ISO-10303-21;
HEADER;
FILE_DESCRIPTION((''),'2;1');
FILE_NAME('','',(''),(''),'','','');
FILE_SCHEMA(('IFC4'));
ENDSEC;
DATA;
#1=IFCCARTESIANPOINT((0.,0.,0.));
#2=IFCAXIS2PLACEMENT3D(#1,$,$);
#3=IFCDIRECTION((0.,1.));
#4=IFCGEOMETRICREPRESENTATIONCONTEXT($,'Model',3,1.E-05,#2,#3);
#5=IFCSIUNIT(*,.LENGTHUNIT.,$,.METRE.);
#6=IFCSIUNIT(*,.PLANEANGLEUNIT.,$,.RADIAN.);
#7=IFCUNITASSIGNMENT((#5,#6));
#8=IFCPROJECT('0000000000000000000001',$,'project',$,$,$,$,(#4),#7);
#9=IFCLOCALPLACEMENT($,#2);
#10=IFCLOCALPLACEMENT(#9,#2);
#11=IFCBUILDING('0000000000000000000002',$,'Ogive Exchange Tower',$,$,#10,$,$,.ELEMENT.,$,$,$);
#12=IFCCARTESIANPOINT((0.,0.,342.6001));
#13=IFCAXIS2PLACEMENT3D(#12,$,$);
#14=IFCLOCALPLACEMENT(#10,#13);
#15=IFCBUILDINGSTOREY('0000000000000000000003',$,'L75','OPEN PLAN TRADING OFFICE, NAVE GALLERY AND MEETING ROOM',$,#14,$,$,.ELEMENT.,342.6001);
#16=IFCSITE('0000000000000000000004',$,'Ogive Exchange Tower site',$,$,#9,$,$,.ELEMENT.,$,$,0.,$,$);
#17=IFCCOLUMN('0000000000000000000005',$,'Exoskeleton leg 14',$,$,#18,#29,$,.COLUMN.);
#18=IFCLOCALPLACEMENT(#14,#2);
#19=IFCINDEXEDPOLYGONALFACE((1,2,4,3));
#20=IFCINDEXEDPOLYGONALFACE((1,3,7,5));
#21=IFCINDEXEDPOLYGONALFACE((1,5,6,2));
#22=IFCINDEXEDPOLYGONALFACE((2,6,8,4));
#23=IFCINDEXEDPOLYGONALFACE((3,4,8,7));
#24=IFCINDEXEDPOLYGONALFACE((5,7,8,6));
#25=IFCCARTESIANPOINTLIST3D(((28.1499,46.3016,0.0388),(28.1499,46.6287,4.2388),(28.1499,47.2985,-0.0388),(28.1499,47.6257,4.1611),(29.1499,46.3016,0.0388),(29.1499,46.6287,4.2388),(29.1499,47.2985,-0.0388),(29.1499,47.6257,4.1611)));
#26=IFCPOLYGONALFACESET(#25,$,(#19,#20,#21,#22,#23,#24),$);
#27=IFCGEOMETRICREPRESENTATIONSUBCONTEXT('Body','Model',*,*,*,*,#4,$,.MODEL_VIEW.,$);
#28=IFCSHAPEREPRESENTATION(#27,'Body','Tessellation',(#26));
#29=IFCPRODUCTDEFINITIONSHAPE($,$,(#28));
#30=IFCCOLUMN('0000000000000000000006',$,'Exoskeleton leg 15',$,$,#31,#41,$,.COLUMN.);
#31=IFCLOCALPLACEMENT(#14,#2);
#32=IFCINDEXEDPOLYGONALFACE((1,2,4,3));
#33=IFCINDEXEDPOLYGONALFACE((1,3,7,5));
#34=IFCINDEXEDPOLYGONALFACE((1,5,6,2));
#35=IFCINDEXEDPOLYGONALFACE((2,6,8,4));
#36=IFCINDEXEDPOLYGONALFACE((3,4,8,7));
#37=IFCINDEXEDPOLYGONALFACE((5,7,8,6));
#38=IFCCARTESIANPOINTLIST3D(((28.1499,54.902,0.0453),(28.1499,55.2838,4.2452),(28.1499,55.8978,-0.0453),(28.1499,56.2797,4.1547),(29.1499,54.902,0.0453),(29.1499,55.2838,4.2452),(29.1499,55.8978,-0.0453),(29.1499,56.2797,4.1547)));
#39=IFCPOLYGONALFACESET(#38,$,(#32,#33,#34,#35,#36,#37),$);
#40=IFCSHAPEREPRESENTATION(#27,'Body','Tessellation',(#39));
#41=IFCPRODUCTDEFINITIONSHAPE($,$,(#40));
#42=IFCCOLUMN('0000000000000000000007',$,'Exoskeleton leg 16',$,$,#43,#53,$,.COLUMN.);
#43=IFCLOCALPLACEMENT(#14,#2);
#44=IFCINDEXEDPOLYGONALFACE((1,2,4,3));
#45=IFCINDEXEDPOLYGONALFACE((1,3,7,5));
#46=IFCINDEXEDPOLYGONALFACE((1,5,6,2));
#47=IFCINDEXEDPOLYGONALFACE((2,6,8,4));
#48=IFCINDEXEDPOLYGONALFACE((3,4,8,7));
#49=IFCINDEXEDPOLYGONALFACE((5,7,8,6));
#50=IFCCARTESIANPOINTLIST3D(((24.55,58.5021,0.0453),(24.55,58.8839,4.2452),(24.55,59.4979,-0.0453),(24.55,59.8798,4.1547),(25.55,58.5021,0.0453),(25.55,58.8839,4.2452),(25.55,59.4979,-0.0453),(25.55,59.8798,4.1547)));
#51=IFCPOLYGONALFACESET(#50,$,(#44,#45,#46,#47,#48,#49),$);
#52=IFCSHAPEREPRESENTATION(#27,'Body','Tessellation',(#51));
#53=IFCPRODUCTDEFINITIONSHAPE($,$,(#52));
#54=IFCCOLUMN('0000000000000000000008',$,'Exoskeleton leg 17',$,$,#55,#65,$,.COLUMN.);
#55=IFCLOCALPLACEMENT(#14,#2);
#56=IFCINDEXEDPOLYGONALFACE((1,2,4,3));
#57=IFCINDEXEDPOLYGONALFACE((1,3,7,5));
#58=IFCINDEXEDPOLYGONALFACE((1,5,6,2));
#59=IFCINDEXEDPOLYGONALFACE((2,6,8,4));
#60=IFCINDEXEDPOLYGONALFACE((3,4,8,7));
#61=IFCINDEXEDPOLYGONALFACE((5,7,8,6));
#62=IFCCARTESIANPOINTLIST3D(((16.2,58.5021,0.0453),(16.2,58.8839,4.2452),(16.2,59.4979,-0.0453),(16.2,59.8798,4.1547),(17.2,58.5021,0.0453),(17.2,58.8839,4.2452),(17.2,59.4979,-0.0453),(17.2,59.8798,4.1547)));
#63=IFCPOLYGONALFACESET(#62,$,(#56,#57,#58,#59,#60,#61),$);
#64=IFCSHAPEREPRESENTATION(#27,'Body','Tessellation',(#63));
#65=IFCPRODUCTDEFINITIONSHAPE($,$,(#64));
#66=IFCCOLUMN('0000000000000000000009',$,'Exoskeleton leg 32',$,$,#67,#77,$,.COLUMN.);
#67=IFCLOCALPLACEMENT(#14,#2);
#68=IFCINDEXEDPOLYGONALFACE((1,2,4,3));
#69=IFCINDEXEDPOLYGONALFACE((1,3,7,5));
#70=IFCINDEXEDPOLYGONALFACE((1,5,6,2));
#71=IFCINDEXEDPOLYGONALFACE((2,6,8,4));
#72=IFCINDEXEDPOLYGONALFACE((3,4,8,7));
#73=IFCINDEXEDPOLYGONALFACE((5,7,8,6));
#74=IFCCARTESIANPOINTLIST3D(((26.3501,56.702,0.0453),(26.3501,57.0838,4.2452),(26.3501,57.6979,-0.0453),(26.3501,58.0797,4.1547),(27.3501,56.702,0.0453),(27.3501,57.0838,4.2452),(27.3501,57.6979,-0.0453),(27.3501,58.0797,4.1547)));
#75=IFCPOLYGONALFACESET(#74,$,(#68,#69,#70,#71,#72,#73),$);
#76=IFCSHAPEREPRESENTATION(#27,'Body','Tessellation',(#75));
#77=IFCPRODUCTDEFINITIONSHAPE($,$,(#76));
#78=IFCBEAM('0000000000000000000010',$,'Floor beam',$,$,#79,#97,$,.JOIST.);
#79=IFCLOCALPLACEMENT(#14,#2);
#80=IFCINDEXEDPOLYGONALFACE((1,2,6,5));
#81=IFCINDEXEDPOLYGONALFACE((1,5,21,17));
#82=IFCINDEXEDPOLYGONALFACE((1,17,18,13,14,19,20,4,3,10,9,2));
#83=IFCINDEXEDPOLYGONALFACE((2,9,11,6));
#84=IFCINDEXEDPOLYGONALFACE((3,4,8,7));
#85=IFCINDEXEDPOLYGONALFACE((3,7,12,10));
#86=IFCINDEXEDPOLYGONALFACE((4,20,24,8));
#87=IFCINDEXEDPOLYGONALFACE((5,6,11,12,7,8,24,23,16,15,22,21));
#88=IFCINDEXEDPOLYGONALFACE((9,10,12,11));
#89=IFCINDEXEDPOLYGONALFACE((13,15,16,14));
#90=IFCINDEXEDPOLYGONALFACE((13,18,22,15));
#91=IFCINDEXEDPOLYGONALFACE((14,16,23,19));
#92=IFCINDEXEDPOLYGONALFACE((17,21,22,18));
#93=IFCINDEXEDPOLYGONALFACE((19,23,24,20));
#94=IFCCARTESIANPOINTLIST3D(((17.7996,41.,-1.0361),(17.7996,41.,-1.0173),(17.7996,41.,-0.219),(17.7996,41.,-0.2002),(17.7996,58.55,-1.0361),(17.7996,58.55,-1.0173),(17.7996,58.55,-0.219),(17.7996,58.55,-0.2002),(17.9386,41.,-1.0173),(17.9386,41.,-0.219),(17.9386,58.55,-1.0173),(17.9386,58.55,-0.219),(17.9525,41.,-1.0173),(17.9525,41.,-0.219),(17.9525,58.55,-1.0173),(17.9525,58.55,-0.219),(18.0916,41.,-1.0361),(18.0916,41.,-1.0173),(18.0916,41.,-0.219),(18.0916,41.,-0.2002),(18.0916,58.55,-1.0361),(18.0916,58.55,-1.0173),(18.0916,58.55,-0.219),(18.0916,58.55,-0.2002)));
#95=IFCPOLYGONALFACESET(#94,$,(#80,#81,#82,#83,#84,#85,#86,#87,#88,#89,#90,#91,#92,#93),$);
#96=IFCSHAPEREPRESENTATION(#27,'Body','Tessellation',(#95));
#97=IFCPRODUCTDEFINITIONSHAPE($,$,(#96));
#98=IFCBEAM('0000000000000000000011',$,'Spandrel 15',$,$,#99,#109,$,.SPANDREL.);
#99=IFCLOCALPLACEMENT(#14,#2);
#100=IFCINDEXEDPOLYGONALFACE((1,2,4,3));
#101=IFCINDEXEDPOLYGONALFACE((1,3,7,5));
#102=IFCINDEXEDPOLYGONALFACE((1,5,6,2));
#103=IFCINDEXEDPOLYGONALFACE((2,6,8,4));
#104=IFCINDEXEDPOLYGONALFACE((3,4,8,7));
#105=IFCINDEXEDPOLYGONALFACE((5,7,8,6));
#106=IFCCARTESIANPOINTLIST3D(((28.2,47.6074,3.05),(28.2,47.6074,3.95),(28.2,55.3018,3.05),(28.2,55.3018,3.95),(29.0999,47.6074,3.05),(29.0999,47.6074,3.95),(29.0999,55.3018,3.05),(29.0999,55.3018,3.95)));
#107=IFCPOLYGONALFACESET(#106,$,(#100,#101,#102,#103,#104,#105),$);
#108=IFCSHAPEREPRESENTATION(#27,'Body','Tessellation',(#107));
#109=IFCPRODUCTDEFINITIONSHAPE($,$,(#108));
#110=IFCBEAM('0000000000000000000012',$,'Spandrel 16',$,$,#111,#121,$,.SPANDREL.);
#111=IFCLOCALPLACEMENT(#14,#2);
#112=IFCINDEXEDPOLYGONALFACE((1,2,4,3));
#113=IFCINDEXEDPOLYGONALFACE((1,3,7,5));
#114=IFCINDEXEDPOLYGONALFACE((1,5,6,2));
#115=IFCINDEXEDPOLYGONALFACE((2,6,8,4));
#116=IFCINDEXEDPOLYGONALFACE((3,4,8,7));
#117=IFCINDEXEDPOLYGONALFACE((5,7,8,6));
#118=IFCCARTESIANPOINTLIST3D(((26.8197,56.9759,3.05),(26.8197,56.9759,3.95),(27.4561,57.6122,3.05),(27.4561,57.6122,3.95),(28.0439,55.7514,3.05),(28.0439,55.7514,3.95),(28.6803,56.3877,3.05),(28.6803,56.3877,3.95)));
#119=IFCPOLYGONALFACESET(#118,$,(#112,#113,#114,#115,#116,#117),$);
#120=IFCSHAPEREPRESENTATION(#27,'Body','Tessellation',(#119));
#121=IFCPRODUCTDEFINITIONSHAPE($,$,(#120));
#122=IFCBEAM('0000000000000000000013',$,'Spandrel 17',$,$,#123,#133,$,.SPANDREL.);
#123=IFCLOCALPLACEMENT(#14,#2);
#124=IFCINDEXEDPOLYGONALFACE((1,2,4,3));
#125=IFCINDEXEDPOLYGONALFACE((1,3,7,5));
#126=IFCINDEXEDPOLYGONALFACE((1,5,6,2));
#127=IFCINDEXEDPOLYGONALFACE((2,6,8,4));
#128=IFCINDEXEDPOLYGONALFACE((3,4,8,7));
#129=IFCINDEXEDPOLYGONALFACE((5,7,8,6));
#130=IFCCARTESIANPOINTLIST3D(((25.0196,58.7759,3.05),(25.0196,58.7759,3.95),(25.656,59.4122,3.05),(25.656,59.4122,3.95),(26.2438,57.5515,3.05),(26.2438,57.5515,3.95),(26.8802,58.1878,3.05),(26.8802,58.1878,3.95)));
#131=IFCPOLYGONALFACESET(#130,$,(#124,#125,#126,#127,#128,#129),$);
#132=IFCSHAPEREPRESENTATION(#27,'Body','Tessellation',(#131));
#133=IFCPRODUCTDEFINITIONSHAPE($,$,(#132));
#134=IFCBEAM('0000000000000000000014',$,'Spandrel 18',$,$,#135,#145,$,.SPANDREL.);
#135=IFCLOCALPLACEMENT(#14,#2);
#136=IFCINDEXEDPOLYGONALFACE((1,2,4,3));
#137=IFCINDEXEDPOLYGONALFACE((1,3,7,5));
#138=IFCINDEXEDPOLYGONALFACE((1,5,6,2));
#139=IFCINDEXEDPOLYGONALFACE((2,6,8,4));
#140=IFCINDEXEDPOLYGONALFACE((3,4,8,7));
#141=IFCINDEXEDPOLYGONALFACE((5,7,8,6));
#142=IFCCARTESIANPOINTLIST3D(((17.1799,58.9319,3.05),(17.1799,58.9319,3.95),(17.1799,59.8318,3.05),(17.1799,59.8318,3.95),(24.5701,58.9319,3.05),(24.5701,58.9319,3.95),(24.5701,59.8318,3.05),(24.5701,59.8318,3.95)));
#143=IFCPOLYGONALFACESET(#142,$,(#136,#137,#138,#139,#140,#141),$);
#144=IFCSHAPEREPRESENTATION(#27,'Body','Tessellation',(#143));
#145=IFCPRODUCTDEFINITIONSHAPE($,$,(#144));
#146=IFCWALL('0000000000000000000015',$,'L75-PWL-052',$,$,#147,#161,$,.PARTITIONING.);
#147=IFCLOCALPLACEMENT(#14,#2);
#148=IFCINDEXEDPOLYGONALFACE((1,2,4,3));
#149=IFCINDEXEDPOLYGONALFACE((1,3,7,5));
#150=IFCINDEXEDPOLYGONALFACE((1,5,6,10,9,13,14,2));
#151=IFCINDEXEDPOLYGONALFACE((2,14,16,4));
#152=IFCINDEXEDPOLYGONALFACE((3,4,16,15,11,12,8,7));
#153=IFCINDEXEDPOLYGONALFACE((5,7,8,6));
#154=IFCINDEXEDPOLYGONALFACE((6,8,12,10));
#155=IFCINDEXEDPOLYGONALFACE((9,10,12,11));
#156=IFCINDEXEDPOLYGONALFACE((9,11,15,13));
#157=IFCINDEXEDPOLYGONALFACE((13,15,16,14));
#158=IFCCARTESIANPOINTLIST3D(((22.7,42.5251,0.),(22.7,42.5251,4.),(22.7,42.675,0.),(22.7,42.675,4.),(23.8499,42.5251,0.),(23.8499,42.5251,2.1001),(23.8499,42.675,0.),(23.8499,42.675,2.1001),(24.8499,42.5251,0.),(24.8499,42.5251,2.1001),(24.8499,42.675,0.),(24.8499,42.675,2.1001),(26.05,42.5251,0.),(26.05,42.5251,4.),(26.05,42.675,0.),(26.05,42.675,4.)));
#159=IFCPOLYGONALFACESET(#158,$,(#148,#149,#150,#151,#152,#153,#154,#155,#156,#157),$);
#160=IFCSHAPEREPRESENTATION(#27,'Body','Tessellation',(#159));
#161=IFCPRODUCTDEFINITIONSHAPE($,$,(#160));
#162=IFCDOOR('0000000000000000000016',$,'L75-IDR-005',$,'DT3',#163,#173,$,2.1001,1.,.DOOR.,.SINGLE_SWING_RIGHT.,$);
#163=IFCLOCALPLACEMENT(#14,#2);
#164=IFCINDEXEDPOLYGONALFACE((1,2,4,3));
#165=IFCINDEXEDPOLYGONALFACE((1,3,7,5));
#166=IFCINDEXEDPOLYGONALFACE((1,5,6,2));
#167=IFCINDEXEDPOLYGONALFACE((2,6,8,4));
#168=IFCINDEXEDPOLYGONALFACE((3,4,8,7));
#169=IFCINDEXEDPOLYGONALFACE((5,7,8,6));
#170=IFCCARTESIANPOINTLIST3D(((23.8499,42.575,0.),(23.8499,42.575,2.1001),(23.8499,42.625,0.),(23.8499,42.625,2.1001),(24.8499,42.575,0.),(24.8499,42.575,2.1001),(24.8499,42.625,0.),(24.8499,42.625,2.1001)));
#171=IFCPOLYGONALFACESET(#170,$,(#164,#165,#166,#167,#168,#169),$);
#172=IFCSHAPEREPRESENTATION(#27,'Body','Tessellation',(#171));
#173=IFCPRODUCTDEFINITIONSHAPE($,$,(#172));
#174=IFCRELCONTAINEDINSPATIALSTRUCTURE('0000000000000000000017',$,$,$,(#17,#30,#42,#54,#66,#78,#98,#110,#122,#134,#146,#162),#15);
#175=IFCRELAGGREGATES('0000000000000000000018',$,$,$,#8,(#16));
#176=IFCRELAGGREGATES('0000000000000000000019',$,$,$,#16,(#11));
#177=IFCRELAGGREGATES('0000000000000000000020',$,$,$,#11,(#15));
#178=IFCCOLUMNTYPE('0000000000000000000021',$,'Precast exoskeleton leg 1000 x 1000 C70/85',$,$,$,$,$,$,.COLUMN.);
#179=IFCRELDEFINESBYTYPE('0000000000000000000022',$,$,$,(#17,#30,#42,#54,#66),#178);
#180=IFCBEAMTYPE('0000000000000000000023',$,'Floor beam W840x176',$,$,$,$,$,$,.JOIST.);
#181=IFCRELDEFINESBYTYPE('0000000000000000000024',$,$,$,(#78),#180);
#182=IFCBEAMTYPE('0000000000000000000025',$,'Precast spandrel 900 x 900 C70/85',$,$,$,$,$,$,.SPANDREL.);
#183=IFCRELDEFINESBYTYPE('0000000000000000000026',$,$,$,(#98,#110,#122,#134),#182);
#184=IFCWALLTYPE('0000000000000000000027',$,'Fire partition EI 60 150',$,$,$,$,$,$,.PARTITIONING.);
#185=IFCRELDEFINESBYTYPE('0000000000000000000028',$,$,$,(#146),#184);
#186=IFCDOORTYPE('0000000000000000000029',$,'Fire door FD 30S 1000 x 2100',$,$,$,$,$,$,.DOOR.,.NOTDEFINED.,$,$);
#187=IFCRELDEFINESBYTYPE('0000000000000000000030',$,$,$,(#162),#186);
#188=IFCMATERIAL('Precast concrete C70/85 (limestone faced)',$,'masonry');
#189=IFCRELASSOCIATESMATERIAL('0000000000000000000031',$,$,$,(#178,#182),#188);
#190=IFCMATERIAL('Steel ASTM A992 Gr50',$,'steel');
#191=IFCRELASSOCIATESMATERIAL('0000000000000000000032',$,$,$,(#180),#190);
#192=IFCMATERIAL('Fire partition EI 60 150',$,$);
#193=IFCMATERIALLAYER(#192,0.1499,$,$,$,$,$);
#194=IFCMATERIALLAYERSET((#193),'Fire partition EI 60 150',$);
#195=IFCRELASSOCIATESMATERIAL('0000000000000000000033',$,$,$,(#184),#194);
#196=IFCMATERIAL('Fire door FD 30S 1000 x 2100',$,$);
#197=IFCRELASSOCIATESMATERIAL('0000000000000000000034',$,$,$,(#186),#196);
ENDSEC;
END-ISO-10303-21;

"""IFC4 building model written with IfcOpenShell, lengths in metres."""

from ifc_helpers import new_model, si_unit, direction, frame, frame_2d, origin, origin_2d, place, context, subcontext, project, spatial, rectangle, i_section, extrude, material, layer, layer_set, material_profile, profile_set, type_object, element, fill, save


model = new_model("IFC4")

# Units and contexts
model_context = context("Model", 3, precision=1e-05, world=origin(), true_north=direction((0.0, 1.0)))
body_context = subcontext(model_context, "Body", "Model", "MODEL_VIEW")
ifc_project = project(units=[si_unit("LENGTHUNIT", "METRE"), si_unit("PLANEANGLEUNIT", "RADIAN")], contexts=[model_context])

# Site, building, storey
site_placement = place(None, origin())
site = spatial("IfcSite", under=ifc_project, at=site_placement, Name="Ogive Exchange Tower site", CompositionType="ELEMENT", RefElevation=0.0)
building_placement = place(site_placement, origin())
building = spatial("IfcBuilding", under=site, at=building_placement, Name="Ogive Exchange Tower", CompositionType="ELEMENT")
storey_placement = place(building_placement, frame((0.0, 0.0, 342.6001)))
storey = spatial("IfcBuildingStorey", under=building, at=storey_placement, Name="L75", Description="OPEN PLAN TRADING OFFICE, NAVE GALLERY AND MEETING ROOM", CompositionType="ELEMENT", Elevation=342.6001)

# Columns
ifc_material_1 = material(Name="Precast concrete C70/85 (limestone faced)", Category="masonry")
ifc_material_profile_1 = material_profile(ifc_material_1, rectangle(XDim=1.0, YDim=1.0, at=origin_2d()), Name="1000 x 1000")
ifc_profile_set_1 = profile_set([ifc_material_profile_1], Name="Precast concrete C70/85 (limestone faced)")
column_type = type_object("IfcColumnType", Name="Precast exoskeleton leg 1000 x 1000 C70/85", PredefinedType="COLUMN", material=ifc_profile_set_1)
column_placement = place(storey_placement, frame((28.6499, 46.8, 0.0), z_axis=(0.0, 0.077658, 0.99698), x_axis=(-1.0, 0.0, 0.0)))
element("IfcColumn", 1, at=column_placement, inside=storey, type_object=column_type, Name="Exoskeleton leg 14", PredefinedType="COLUMN", context=body_context, shape_type="SweptSolid", body=[
    extrude(rectangle(XDim=1.0, YDim=1.0, at=origin_2d()), origin(), (0.0, 0.0, 1.0), 4.2126),
])
for number, where, z_axis, x_axis, name in (
    (2, (28.6499, 55.3999, 0.0), (0.0, 0.090541, 0.995893), (-1.0, 0.0, 0.0), "Exoskeleton leg 15"),
    (3, (25.05, 59.0, 0.0), (0.0, 0.090541, 0.995893), (-1.0, 0.0, 0.0), "Exoskeleton leg 16"),
    (4, (16.7, 59.0, 0.0), (0.0, 0.090541, 0.995893), (-1.0, 0.0, 0.0), "Exoskeleton leg 17"),
    (5, (26.8501, 57.2, 0.0), (0.0, 0.090541, 0.995893), (-1.0, 0.0, 0.0), "Exoskeleton leg 32"),
):
    element("IfcColumn", number, at=place(storey_placement, frame(where, z_axis=z_axis, x_axis=x_axis)), inside=storey, type_object=column_type, Name=name, PredefinedType="COLUMN", context=body_context, shape_type="SweptSolid", body=[
        extrude(rectangle(XDim=1.0, YDim=1.0, at=origin_2d()), origin(), (0.0, 0.0, 1.0), 4.2173),
    ])

# Beams
ifc_material_2 = material(Name="Steel ASTM A992 Gr50", Category="steel")
ifc_material_profile_2 = material_profile(ifc_material_2, i_section(OverallWidth=0.292, OverallDepth=0.8359, WebThickness=0.0139, FlangeThickness=0.0188, at=origin_2d()), Name="W840x176")
ifc_profile_set_2 = profile_set([ifc_material_profile_2], Name="Steel ASTM A992 Gr50")
beam_type_1 = type_object("IfcBeamType", Name="Floor beam W840x176", PredefinedType="JOIST", material=ifc_profile_set_2)
beam_1_placement = place(storey_placement, frame((17.9456, 41.0, -0.6182), z_axis=(0.0, 1.0, 0.0), x_axis=(-1.0, 0.0, 0.0)))
element("IfcBeam", 6, at=beam_1_placement, inside=storey, type_object=beam_type_1, Name="Floor beam", PredefinedType="JOIST", context=body_context, shape_type="SweptSolid", body=[
    extrude(i_section(OverallWidth=0.292, OverallDepth=0.8359, WebThickness=0.0139, FlangeThickness=0.0188, at=origin_2d()), origin(), (0.0, 0.0, 1.0), 17.55),
])
ifc_material_profile_3 = material_profile(ifc_material_1, rectangle(XDim=0.8999, YDim=0.8999, at=origin_2d()), Name="900 x 900")
ifc_profile_set_3 = profile_set([ifc_material_profile_3], Name="Precast concrete C70/85 (limestone faced)")
beam_type_2 = type_object("IfcBeamType", Name="Precast spandrel 900 x 900 C70/85", PredefinedType="SPANDREL", material=ifc_profile_set_3)
beam_2_placement = place(storey_placement, frame((28.6499, 47.6074, 3.5), z_axis=(0.0, 1.0, 0.0), x_axis=(-1.0, 0.0, 0.0)))
element("IfcBeam", 7, at=beam_2_placement, inside=storey, type_object=beam_type_2, Name="Spandrel 15", PredefinedType="SPANDREL", context=body_context, shape_type="SweptSolid", body=[
    extrude(rectangle(XDim=0.8999, YDim=0.8999, at=origin_2d()), origin(), (0.0, 0.0, 1.0), 7.6943),
])
for number, where, z_axis, x_axis, name in (
    (8, (28.3621, 56.0696, 3.5), (-0.707036, 0.707177, 0.0), (-0.707177, -0.707036, 0.0), "Spandrel 16"),
    (9, (26.562, 57.8696, 3.5), (-0.707036, 0.707177, 0.0), (-0.707177, -0.707036, 0.0), "Spandrel 17"),
):
    element("IfcBeam", number, at=place(storey_placement, frame(where, z_axis=z_axis, x_axis=x_axis)), inside=storey, type_object=beam_type_2, Name=name, PredefinedType="SPANDREL", context=body_context, shape_type="SweptSolid", body=[
        extrude(rectangle(XDim=0.8999, YDim=0.8999, at=origin_2d()), origin(), (0.0, 0.0, 1.0), 1.7314),
    ])
beam_3_placement = place(storey_placement, frame((24.5701, 59.3818, 3.5), z_axis=(-1.0, 0.0, 0.0), x_axis=(0.0, -1.0, 0.0)))
element("IfcBeam", 10, at=beam_3_placement, inside=storey, type_object=beam_type_2, Name="Spandrel 18", PredefinedType="SPANDREL", context=body_context, shape_type="SweptSolid", body=[
    extrude(rectangle(XDim=0.8999, YDim=0.8999, at=origin_2d()), origin(), (0.0, 0.0, 1.0), 7.3901),
])

# Wall, opening, door
ifc_material_3 = material(Name="Fire partition EI 60 150")
ifc_layer_1 = layer(ifc_material_3, 0.1499)
ifc_layer_set_1 = layer_set([ifc_layer_1], Name="Fire partition EI 60 150")
wall_type_1 = type_object("IfcWallType", Name="Fire partition EI 60 150", PredefinedType="PARTITIONING", material=ifc_layer_set_1)
wall_1_placement = place(storey_placement, frame((22.7, 42.6001, 0.0), z_axis=(0.0, 0.0, 1.0), x_axis=(1.0, 0.0, 0.0)))
wall_1 = element("IfcWall", 11, at=wall_1_placement, inside=storey, type_object=wall_type_1, Name="L75-PWL-052", PredefinedType="PARTITIONING", context=body_context, shape_type="SweptSolid", body=[
    extrude(rectangle(XDim=3.3501, YDim=0.1499, at=frame_2d((1.675, 0.0))), origin(), (0.0, 0.0, 1.0), 4.0),
])
opening_1_placement = place(wall_1_placement, frame((1.1499, 0.0, 0.0)))
opening_1 = element("IfcOpeningElement", 12, at=opening_1_placement, cuts=wall_1, PredefinedType="OPENING", context=body_context, shape_type="SweptSolid", body=[
    extrude(rectangle(XDim=1.0, YDim=2.1001, at=frame_2d((0.5, 1.05))), frame((0.0, 0.085, 0.0), z_axis=(0.0, -1.0, 0.0), x_axis=(1.0, 0.0, 0.0)), (0.0, 0.0, 1.0), 0.1699),
])
ifc_material_4 = material(Name="Fire door FD 30S 1000 x 2100")
door_type_1 = type_object("IfcDoorType", Name="Fire door FD 30S 1000 x 2100", OperationType="NOTDEFINED", PredefinedType="DOOR", material=ifc_material_4)
door_1_placement = place(opening_1_placement, origin())
door_1 = element("IfcDoor", 13, at=door_1_placement, inside=storey, type_object=door_type_1, Name="L75-IDR-005", ObjectType="DT3", OperationType="SINGLE_SWING_RIGHT", OverallHeight=2.1001, OverallWidth=1.0, PredefinedType="DOOR", context=body_context, shape_type="SweptSolid", body=[
    extrude(rectangle(XDim=1.0, YDim=2.1001, at=frame_2d((0.5, 1.05))), frame((0.0, 0.0249, 0.0), z_axis=(0.0, -1.0, 0.0), x_axis=(1.0, 0.0, 0.0)), (0.0, 0.0, 1.0), 0.05),
])
fill(opening_1, door_1)

save(model, "model.ifc")
